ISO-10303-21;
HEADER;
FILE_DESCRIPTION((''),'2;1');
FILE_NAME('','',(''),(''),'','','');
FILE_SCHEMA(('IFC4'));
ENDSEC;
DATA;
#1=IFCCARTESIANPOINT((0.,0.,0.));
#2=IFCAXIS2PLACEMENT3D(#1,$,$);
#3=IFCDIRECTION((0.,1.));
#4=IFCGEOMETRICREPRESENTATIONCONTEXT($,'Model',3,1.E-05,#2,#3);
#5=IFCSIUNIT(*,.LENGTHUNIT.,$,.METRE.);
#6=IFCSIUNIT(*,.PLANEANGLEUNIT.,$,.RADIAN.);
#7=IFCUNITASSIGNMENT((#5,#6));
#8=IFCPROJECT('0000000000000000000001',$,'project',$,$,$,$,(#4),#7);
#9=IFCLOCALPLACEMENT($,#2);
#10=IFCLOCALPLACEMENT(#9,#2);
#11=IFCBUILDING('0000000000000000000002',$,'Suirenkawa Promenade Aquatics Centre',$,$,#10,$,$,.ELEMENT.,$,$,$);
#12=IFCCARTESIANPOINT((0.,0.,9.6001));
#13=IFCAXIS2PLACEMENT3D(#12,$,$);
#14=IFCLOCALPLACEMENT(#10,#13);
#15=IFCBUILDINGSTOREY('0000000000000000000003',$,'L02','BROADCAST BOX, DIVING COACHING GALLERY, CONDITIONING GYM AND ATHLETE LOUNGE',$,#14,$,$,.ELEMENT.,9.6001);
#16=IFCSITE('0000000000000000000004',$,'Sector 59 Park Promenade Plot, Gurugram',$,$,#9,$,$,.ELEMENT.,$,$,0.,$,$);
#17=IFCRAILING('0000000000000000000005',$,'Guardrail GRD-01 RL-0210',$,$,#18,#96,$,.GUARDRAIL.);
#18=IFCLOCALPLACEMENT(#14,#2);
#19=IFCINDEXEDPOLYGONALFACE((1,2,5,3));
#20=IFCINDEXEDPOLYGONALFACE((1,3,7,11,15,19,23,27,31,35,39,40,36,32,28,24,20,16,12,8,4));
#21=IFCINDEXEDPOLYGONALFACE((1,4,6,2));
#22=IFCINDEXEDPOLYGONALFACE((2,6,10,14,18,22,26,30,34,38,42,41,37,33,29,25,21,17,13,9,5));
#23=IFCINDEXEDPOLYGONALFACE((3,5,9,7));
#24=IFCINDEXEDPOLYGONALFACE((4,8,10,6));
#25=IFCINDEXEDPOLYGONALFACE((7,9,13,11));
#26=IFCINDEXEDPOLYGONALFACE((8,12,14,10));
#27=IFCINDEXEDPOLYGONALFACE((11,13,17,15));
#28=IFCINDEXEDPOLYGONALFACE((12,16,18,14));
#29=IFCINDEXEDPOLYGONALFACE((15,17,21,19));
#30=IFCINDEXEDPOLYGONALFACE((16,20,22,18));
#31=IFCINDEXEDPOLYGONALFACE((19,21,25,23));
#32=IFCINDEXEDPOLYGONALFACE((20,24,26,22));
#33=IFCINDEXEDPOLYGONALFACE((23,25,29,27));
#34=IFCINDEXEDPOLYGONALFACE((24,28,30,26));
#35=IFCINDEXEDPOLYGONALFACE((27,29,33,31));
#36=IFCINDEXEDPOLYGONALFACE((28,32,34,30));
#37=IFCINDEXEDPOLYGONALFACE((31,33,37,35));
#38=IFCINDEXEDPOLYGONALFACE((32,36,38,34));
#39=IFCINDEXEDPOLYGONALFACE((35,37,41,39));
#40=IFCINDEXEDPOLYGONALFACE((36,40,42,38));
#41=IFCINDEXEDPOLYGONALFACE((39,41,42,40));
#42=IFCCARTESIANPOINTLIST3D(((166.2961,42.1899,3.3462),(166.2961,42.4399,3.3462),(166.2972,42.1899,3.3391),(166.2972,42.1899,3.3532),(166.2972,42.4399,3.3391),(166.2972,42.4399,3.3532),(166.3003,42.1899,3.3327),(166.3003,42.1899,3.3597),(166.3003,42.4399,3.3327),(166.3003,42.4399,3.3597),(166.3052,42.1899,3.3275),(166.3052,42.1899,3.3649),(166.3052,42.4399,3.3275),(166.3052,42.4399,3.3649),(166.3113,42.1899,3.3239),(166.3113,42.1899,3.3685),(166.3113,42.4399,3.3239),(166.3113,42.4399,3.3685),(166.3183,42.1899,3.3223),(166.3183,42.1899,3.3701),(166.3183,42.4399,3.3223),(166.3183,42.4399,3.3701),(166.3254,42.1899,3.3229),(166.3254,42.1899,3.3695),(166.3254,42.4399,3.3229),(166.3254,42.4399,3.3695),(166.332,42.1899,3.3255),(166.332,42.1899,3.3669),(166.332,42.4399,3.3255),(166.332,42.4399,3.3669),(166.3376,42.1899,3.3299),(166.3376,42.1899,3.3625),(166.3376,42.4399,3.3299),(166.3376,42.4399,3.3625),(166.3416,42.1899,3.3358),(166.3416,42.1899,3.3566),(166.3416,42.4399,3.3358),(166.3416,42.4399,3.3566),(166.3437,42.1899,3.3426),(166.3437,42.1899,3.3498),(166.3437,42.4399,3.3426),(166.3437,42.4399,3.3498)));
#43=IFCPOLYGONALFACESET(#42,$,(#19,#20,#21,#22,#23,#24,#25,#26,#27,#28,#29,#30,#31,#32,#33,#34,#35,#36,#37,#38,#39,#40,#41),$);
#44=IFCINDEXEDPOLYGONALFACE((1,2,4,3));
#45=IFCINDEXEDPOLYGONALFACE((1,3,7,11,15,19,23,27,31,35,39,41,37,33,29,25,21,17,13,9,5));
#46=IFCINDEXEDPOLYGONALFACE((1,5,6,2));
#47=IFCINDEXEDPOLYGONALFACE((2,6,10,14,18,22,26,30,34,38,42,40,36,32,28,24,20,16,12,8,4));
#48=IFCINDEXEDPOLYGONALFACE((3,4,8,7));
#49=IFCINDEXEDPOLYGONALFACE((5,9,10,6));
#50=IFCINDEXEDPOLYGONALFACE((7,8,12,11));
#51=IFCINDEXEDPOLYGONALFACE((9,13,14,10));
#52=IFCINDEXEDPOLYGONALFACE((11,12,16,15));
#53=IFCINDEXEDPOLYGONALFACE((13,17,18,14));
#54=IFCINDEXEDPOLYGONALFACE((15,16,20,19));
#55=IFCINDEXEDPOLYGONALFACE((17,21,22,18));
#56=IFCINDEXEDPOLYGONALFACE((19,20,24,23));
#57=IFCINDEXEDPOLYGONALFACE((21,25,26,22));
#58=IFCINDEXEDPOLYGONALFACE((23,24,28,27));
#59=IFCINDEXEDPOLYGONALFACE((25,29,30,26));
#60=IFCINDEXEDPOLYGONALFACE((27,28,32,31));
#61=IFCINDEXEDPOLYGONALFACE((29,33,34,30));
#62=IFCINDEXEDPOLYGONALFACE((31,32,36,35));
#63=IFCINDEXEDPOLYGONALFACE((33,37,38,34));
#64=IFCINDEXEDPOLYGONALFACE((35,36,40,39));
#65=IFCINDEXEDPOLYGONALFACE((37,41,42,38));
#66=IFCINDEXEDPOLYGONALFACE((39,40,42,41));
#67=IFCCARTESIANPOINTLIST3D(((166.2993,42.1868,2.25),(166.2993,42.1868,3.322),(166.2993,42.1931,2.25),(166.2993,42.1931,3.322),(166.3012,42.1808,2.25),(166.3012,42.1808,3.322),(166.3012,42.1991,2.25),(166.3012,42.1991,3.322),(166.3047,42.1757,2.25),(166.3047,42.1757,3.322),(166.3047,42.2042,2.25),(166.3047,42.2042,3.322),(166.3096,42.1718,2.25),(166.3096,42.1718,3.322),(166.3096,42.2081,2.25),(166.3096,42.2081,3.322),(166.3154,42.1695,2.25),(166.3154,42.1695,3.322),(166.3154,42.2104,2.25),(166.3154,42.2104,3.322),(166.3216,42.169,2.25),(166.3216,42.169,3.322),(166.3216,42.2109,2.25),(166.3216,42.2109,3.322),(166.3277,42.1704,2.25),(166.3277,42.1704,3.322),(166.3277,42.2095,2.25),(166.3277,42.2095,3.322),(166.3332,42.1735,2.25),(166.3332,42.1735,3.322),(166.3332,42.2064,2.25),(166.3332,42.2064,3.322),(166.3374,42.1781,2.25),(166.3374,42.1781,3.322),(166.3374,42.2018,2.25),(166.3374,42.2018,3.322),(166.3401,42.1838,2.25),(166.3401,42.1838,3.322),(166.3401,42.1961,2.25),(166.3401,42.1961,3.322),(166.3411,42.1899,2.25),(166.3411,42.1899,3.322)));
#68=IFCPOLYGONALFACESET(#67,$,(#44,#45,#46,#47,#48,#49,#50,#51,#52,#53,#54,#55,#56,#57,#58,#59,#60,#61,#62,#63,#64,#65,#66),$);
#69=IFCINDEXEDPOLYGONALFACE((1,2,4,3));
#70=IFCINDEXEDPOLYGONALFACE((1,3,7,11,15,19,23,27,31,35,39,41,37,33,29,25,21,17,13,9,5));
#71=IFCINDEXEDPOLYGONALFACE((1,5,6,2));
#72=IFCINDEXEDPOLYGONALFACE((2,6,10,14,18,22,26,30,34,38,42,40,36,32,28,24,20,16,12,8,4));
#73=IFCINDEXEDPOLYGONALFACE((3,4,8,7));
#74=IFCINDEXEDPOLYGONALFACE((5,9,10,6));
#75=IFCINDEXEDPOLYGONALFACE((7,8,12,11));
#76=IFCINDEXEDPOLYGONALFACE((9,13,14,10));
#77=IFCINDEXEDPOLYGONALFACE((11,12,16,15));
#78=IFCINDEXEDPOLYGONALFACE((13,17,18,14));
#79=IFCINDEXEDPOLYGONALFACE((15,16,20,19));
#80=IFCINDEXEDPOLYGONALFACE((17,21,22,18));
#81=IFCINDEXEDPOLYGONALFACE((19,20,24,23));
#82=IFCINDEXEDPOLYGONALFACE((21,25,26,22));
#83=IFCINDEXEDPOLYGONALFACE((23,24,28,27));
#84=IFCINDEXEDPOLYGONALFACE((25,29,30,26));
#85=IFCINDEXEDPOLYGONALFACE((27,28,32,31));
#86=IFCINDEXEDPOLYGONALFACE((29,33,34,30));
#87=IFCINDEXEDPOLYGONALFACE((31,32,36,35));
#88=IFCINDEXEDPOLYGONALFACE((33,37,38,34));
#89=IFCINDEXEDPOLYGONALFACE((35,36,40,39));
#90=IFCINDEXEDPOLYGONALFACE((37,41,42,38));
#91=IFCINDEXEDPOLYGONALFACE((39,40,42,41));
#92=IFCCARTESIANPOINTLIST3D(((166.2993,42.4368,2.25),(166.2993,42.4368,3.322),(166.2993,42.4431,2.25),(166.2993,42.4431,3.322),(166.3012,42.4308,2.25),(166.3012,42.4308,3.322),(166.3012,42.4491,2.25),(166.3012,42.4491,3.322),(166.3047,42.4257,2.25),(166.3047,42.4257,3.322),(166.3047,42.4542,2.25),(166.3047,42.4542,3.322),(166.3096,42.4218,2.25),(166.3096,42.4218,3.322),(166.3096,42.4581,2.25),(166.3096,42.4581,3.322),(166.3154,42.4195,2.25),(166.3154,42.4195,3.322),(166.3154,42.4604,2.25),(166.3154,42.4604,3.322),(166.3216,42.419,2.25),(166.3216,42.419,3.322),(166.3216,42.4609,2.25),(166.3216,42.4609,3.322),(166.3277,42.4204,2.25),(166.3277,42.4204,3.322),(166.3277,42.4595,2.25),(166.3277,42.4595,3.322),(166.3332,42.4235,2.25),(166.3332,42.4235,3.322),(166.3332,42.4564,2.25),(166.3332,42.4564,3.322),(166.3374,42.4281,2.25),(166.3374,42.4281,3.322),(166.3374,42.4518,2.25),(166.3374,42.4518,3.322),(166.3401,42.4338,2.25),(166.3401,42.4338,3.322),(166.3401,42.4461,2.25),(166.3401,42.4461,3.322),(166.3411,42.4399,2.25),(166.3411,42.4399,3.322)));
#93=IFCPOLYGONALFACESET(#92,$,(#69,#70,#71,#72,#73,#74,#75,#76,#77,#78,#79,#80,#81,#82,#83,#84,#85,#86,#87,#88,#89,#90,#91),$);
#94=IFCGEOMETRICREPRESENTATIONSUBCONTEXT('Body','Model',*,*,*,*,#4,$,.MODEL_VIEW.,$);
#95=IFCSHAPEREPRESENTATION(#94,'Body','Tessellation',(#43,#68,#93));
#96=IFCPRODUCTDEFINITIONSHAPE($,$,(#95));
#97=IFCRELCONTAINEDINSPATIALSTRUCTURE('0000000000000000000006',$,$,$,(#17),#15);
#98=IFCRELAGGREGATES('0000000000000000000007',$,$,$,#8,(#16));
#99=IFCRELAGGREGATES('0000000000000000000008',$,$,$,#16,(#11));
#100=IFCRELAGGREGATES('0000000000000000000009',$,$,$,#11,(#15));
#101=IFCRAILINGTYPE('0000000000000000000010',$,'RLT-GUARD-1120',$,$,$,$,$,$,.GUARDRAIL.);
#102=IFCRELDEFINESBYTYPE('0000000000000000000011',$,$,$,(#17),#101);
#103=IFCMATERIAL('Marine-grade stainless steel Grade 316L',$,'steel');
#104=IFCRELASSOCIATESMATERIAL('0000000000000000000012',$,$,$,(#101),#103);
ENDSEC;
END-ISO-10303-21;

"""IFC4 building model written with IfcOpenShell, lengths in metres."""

from ifc_helpers import new_model, si_unit, direction, frame, origin, origin_2d, place, context, subcontext, project, spatial, circle, extrude, material, type_object, element, save


model = new_model("IFC4")

# Units and contexts
model_context = context("Model", 3, precision=1e-05, world=origin(), true_north=direction((0.0, 1.0)))
body_context = subcontext(model_context, "Body", "Model", "MODEL_VIEW")
ifc_project = project(units=[si_unit("LENGTHUNIT", "METRE"), si_unit("PLANEANGLEUNIT", "RADIAN")], contexts=[model_context])

# Site, building, storey
site_placement = place(None, origin())
site = spatial("IfcSite", under=ifc_project, at=site_placement, Name="Sector 59 Park Promenade Plot, Gurugram", CompositionType="ELEMENT", RefElevation=0.0)
building_placement = place(site_placement, origin())
building = spatial("IfcBuilding", under=site, at=building_placement, Name="Suirenkawa Promenade Aquatics Centre", CompositionType="ELEMENT")
storey_placement = place(building_placement, frame((0.0, 0.0, 9.6001)))
storey = spatial("IfcBuildingStorey", under=building, at=storey_placement, Name="L02", Description="BROADCAST BOX, DIVING COACHING GALLERY, CONDITIONING GYM AND ATHLETE LOUNGE", CompositionType="ELEMENT", Elevation=9.6001)

# Railing
ifc_material_1 = material(Name="Marine-grade stainless steel Grade 316L", Category="steel")
railing_type_1 = type_object("IfcRailingType", Name="RLT-GUARD-1120", PredefinedType="GUARDRAIL", material=ifc_material_1)
railing_1_placement = place(storey_placement, frame((166.3201, 42.1899, 2.25)))
element("IfcRailing", 1, at=railing_1_placement, inside=storey, type_object=railing_type_1, Name="Guardrail GRD-01 RL-0210", PredefinedType="GUARDRAIL", context=body_context, shape_type="SweptSolid", body=[
    extrude(circle(Radius=0.0239, at=origin_2d()), frame((0.0, 0.0, 1.0962), z_axis=(0.0, 1.0, 0.0), x_axis=(-1.0, 0.0, 0.0)), (0.0, 0.0, 1.0), 0.25),
    extrude(circle(Radius=0.021, at=origin_2d()), origin(), (0.0, 0.0, 1.0), 1.072),
    extrude(circle(Radius=0.021, at=origin_2d()), frame((0.0, 0.25, 0.0)), (0.0, 0.0, 1.0), 1.072),
])

save(model, "model.ifc")
